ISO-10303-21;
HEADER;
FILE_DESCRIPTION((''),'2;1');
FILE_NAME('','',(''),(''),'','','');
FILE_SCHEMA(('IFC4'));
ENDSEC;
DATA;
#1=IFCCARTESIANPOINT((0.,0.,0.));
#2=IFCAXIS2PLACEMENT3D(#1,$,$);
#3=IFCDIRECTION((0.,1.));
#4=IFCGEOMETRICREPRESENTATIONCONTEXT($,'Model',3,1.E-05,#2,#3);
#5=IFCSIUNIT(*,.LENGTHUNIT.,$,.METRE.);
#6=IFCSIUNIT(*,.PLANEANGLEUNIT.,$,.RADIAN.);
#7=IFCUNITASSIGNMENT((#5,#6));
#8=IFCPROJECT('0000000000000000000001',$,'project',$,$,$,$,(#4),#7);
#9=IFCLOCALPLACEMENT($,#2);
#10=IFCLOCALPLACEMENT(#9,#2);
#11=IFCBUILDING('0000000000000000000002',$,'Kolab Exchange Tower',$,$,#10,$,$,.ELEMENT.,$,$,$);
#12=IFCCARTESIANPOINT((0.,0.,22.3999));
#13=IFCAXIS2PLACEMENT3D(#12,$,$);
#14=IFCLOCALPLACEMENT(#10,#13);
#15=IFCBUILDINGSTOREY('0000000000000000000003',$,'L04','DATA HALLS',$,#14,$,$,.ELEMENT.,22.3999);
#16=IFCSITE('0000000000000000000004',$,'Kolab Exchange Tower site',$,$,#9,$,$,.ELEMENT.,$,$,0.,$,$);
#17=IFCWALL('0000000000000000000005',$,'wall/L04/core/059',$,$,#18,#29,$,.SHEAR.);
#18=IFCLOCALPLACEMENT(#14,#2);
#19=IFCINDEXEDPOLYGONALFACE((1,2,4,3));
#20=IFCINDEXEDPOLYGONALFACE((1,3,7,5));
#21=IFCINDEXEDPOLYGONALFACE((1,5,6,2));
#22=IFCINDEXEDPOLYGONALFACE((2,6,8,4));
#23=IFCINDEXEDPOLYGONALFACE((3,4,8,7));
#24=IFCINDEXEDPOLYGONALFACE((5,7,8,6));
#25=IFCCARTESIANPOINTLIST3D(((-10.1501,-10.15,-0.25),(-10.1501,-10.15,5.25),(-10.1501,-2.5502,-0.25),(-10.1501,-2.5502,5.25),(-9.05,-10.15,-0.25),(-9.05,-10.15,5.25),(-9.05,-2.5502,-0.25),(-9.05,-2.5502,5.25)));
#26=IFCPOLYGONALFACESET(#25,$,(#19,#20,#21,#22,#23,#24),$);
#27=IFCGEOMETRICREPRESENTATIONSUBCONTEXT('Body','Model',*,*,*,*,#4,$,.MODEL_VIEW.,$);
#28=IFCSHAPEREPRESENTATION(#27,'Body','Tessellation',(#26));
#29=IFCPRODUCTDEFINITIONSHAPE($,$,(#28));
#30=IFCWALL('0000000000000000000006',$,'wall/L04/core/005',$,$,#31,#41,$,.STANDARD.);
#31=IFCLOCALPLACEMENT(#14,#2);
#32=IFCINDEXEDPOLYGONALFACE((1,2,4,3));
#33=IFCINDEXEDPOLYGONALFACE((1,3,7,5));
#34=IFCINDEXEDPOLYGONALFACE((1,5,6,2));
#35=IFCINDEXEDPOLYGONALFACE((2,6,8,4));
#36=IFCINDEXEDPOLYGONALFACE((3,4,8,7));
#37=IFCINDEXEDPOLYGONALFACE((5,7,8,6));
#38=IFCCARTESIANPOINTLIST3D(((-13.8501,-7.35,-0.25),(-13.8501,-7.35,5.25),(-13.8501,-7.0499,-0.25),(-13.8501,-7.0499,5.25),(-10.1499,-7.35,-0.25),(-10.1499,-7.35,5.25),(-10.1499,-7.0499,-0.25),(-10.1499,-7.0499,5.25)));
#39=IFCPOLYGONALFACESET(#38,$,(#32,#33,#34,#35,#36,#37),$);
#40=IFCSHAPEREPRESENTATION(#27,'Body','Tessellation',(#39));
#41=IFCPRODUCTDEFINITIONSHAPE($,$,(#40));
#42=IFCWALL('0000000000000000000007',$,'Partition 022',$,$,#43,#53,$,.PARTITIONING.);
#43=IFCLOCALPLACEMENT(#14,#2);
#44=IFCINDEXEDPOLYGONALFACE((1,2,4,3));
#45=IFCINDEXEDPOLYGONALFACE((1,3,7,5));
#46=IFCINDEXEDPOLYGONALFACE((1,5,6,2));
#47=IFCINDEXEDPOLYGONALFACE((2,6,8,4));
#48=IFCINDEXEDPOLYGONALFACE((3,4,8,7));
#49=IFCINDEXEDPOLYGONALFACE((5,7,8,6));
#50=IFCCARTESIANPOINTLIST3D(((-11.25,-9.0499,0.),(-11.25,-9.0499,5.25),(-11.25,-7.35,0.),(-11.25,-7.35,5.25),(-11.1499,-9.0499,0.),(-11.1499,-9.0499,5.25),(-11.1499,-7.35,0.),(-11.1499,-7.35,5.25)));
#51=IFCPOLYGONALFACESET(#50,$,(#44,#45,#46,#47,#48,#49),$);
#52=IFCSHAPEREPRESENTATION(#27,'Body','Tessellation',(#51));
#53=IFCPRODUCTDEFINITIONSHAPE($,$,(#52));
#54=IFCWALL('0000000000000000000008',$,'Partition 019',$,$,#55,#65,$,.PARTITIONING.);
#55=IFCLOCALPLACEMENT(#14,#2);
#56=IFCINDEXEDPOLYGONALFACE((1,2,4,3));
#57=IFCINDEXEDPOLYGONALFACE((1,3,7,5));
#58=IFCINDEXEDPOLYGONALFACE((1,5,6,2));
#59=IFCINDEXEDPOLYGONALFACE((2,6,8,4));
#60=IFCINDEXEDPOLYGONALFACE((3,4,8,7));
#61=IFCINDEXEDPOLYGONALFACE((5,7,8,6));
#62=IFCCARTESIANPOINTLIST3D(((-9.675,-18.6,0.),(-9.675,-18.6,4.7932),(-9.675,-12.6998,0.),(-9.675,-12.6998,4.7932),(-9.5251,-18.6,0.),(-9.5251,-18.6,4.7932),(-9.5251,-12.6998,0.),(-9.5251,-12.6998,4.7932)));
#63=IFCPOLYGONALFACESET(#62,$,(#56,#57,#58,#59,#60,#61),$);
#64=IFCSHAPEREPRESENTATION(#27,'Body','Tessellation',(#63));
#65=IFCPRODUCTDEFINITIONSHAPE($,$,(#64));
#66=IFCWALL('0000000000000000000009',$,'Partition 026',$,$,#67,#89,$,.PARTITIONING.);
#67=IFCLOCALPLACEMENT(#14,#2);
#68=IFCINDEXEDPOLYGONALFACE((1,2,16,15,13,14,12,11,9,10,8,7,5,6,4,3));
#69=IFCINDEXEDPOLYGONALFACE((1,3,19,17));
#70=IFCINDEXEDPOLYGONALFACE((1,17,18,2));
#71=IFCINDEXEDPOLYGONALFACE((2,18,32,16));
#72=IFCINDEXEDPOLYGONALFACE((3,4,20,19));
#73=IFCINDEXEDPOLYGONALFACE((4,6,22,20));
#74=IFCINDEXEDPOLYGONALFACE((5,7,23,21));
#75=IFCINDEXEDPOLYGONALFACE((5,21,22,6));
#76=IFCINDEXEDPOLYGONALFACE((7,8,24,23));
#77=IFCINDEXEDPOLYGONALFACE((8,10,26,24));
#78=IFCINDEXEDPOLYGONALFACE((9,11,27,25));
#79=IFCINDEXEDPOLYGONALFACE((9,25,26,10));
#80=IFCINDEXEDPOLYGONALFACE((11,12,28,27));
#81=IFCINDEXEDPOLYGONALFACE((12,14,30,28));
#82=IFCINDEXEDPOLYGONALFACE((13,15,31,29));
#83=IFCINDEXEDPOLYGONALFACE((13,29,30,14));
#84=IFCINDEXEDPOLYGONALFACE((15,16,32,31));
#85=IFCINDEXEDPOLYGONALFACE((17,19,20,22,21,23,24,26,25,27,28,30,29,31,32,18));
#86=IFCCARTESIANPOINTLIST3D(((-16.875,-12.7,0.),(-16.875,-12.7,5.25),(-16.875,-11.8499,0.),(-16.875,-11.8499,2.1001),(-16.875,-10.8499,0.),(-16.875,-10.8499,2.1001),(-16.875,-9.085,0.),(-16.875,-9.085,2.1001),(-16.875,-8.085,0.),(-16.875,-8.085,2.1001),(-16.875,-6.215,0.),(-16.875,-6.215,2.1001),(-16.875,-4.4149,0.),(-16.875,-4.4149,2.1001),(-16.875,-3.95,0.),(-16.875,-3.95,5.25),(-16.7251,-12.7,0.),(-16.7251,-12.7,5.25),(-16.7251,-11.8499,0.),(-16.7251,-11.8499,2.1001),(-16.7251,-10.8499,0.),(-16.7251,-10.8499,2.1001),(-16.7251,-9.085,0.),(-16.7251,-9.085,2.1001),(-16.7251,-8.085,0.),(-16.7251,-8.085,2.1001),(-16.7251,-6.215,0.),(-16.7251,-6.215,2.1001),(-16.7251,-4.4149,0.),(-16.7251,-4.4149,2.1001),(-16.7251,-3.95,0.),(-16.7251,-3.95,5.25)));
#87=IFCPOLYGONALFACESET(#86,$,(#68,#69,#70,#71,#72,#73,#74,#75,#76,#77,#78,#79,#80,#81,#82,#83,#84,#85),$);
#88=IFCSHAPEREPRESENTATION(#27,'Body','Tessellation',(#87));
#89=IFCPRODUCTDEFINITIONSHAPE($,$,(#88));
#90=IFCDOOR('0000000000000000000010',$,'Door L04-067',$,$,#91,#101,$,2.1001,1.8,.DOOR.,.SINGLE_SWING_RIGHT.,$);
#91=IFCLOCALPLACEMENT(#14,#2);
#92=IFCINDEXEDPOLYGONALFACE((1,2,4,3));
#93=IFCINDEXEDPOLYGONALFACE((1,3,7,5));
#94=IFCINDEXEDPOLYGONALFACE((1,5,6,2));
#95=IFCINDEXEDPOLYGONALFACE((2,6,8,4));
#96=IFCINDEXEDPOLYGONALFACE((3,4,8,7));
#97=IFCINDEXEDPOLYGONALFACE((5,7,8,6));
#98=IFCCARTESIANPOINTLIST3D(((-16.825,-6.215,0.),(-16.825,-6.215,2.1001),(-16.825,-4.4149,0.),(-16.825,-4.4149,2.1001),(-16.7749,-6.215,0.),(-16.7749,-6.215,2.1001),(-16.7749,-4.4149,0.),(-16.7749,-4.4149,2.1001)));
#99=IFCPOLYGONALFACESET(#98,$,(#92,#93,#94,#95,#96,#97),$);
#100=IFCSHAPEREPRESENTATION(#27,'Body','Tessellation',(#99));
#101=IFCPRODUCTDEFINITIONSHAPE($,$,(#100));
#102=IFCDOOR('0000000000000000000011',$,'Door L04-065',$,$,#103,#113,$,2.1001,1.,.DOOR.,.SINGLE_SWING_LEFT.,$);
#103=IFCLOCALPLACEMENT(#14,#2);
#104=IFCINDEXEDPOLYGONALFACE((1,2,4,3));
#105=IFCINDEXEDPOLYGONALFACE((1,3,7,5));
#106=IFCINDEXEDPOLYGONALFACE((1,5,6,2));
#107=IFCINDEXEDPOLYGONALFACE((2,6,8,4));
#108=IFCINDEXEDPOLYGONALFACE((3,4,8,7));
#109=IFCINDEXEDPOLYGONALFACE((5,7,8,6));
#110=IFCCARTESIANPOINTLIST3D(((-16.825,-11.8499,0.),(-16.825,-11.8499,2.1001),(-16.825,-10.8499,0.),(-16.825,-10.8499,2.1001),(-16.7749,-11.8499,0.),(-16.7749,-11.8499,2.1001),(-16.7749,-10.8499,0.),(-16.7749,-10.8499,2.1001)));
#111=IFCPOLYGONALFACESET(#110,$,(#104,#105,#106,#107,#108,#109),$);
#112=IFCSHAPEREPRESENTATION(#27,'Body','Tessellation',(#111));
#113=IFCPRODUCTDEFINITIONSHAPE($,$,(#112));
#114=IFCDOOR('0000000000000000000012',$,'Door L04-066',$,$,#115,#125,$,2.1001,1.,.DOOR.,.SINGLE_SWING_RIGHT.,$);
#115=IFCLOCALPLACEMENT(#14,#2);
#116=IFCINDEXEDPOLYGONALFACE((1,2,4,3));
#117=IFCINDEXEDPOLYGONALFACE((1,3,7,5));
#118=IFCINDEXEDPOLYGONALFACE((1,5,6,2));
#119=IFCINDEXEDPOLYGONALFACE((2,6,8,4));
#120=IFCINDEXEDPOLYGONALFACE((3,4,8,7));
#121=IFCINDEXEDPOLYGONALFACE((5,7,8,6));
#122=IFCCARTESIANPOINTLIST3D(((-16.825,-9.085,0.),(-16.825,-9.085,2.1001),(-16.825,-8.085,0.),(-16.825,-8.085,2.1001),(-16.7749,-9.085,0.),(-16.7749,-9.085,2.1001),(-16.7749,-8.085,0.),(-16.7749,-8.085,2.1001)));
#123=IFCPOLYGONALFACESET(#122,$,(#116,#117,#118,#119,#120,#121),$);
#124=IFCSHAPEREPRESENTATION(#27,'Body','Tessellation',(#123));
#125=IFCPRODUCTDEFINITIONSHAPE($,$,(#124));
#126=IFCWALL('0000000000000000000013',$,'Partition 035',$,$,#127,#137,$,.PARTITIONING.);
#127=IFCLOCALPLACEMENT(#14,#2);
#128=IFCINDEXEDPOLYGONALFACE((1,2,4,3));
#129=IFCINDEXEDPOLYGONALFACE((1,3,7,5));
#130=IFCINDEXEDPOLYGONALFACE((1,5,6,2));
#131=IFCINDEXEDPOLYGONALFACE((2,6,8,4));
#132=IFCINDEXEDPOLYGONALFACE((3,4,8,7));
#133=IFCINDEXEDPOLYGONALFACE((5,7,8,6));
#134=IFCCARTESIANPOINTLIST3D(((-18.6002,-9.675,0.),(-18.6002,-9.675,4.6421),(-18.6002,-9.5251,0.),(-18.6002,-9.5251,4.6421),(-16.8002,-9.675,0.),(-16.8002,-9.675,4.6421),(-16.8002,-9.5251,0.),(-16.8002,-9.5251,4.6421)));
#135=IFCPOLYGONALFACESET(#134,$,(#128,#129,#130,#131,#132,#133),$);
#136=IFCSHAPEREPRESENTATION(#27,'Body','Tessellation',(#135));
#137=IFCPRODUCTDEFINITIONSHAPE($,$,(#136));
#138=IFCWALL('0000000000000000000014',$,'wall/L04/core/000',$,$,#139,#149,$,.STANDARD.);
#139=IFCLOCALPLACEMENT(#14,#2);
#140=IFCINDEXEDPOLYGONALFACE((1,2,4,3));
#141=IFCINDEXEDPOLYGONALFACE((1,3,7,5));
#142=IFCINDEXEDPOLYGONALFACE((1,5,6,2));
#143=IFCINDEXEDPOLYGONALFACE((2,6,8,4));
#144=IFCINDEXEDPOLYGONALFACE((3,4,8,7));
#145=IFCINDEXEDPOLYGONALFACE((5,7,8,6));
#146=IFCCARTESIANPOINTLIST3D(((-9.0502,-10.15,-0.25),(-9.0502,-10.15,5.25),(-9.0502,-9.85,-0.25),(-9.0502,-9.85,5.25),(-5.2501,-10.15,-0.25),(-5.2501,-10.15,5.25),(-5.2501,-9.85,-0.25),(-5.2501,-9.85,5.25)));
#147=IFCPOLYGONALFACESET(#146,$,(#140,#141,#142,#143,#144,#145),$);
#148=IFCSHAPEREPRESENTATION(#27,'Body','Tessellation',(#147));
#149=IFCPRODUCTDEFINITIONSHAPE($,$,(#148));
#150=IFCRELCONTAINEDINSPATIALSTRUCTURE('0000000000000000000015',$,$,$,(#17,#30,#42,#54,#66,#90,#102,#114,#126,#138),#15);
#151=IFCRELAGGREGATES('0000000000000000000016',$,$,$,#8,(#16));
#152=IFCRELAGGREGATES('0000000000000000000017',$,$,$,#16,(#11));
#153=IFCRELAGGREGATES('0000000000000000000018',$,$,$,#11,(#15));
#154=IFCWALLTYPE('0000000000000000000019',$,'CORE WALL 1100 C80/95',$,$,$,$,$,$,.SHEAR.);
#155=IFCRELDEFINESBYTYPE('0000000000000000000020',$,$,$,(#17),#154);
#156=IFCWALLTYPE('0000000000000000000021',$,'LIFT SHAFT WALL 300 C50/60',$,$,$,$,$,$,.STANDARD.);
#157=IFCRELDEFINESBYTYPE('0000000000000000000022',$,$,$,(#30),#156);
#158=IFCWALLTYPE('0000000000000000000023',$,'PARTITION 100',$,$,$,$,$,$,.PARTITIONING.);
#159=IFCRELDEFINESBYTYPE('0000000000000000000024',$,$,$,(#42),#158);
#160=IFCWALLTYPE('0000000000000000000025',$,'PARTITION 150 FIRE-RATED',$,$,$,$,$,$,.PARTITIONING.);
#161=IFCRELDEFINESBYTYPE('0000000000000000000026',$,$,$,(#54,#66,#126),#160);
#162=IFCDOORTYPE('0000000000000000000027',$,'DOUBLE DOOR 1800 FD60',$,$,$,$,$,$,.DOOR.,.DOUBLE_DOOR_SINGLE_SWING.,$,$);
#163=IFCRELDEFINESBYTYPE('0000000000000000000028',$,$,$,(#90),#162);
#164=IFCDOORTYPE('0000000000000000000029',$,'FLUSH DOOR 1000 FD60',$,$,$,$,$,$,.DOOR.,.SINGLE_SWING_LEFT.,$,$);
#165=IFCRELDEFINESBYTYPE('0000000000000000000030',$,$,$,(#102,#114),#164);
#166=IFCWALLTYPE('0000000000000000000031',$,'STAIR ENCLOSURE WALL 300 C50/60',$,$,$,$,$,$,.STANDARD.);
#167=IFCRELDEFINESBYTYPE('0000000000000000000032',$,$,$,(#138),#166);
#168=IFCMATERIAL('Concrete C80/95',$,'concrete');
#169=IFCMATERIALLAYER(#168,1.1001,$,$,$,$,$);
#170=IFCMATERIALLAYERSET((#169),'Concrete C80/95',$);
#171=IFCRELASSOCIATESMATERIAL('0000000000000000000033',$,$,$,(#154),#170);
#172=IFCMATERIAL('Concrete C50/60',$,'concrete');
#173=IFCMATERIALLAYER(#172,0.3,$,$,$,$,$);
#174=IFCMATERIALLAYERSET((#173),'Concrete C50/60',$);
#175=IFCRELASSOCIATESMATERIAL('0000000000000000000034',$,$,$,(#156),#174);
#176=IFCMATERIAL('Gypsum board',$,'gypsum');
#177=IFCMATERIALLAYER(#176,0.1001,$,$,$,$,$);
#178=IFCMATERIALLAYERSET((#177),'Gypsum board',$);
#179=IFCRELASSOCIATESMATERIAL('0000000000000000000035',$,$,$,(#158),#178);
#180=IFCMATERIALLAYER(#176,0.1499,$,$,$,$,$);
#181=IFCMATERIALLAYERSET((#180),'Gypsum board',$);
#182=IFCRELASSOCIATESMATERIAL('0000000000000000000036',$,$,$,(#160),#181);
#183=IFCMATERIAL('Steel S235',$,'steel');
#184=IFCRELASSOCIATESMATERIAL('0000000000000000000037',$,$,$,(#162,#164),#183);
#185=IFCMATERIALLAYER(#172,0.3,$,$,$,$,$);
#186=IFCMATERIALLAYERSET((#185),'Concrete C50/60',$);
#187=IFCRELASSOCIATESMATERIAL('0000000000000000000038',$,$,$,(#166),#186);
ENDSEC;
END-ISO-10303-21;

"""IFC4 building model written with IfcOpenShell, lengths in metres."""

from ifc_helpers import new_model, si_unit, direction, frame, frame_2d, origin, place, context, subcontext, project, spatial, rectangle, extrude, material, layer, layer_set, type_object, element, fill, save


model = new_model("IFC4")

# Units and contexts
model_context = context("Model", 3, precision=1e-05, world=origin(), true_north=direction((0.0, 1.0)))
body_context = subcontext(model_context, "Body", "Model", "MODEL_VIEW")
ifc_project = project(units=[si_unit("LENGTHUNIT", "METRE"), si_unit("PLANEANGLEUNIT", "RADIAN")], contexts=[model_context])

# Site, building, storey
site_placement = place(None, origin())
site = spatial("IfcSite", under=ifc_project, at=site_placement, Name="Kolab Exchange Tower site", CompositionType="ELEMENT", RefElevation=0.0)
building_placement = place(site_placement, origin())
building = spatial("IfcBuilding", under=site, at=building_placement, Name="Kolab Exchange Tower", CompositionType="ELEMENT")
storey_placement = place(building_placement, frame((0.0, 0.0, 22.3999)))
storey = spatial("IfcBuildingStorey", under=building, at=storey_placement, Name="L04", Description="DATA HALLS", CompositionType="ELEMENT", Elevation=22.3999)

# Shared definitions
ifc_material_1 = material(Name="Concrete C80/95", Category="concrete")
ifc_layer_1 = layer(ifc_material_1, 1.1001)
ifc_layer_set_1 = layer_set([ifc_layer_1], Name="Concrete C80/95")
wall_type_1 = type_object("IfcWallType", Name="CORE WALL 1100 C80/95", PredefinedType="SHEAR", material=ifc_layer_set_1)
ifc_material_2 = material(Name="Steel S235", Category="steel")

# Walls
wall_1_placement = place(storey_placement, frame((-9.6001, -10.1499, -0.25), z_axis=(0.0, 0.0, 1.0), x_axis=(0.0, 1.0, 0.0)))
element("IfcWall", 1, at=wall_1_placement, inside=storey, type_object=wall_type_1, Name="wall/L04/core/059", PredefinedType="SHEAR", context=body_context, shape_type="SweptSolid", body=[
    extrude(rectangle(XDim=7.5999, YDim=1.1001, at=frame_2d((3.7998, 0.0))), origin(), (0.0, 0.0, 1.0), 5.5),
])
ifc_material_3 = material(Name="Concrete C50/60", Category="concrete")
ifc_layer_2 = layer(ifc_material_3, 0.3)
ifc_layer_set_2 = layer_set([ifc_layer_2], Name="Concrete C50/60")
wall_type_2 = type_object("IfcWallType", Name="LIFT SHAFT WALL 300 C50/60", PredefinedType="STANDARD", material=ifc_layer_set_2)
wall_2_placement = place(storey_placement, frame((-13.8501, -7.2, -0.25), z_axis=(0.0, 0.0, 1.0), x_axis=(1.0, 0.0, 0.0)))
element("IfcWall", 2, at=wall_2_placement, inside=storey, type_object=wall_type_2, Name="wall/L04/core/005", PredefinedType="STANDARD", context=body_context, shape_type="SweptSolid", body=[
    extrude(rectangle(XDim=3.7002, YDim=0.3, at=frame_2d((1.8501, 0.0))), origin(), (0.0, 0.0, 1.0), 5.5),
])
ifc_material_4 = material(Name="Gypsum board", Category="gypsum")
ifc_layer_3 = layer(ifc_material_4, 0.1001)
ifc_layer_set_3 = layer_set([ifc_layer_3], Name="Gypsum board")
wall_type_3 = type_object("IfcWallType", Name="PARTITION 100", PredefinedType="PARTITIONING", material=ifc_layer_set_3)
wall_3_placement = place(storey_placement, frame((-11.2, -9.05, 0.0), z_axis=(0.0, 0.0, 1.0), x_axis=(0.0, 1.0, 0.0)))
element("IfcWall", 3, at=wall_3_placement, inside=storey, type_object=wall_type_3, Name="Partition 022", PredefinedType="PARTITIONING", context=body_context, shape_type="SweptSolid", body=[
    extrude(rectangle(XDim=1.7, YDim=0.1001, at=frame_2d((0.8501, 0.0))), origin(), (0.0, 0.0, 1.0), 5.25),
])
ifc_layer_4 = layer(ifc_material_4, 0.1499)
ifc_layer_set_4 = layer_set([ifc_layer_4], Name="Gypsum board")
wall_type_4 = type_object("IfcWallType", Name="PARTITION 150 FIRE-RATED", PredefinedType="PARTITIONING", material=ifc_layer_set_4)
wall_4_placement = place(storey_placement, frame((-9.6001, -18.6001, 0.0), z_axis=(0.0, 0.0, 1.0), x_axis=(0.0, 1.0, 0.0)))
element("IfcWall", 4, at=wall_4_placement, inside=storey, type_object=wall_type_4, Name="Partition 019", PredefinedType="PARTITIONING", context=body_context, shape_type="SweptSolid", body=[
    extrude(rectangle(XDim=5.9001, YDim=0.1499, at=frame_2d((2.9502, 0.0))), origin(), (0.0, 0.0, 1.0), 4.7932),
])

# Wall, openings, doors
wall_5_placement = place(storey_placement, frame((-16.8, -12.7, 0.0), z_axis=(0.0, 0.0, 1.0), x_axis=(0.0, 1.0, 0.0)))
wall_5 = element("IfcWall", 5, at=wall_5_placement, inside=storey, type_object=wall_type_4, Name="Partition 026", PredefinedType="PARTITIONING", context=body_context, shape_type="SweptSolid", body=[
    extrude(rectangle(XDim=8.75, YDim=0.1499, at=frame_2d((4.375, 0.0))), origin(), (0.0, 0.0, 1.0), 5.25),
])
opening_1_placement = place(wall_5_placement, frame((0.8501, 0.0, 0.0)))
opening_1 = element("IfcOpeningElement", 6, at=opening_1_placement, cuts=wall_5, PredefinedType="OPENING", context=body_context, shape_type="SweptSolid", body=[
    extrude(rectangle(XDim=1.0, YDim=2.1001, at=frame_2d((0.5, 1.05))), frame((0.0, 0.085, 0.0), z_axis=(0.0, -1.0, 0.0), x_axis=(1.0, 0.0, 0.0)), (0.0, 0.0, 1.0), 0.1699),
])
opening_2_placement = place(wall_5_placement, frame((3.615, 0.0, 0.0)))
opening_2 = element("IfcOpeningElement", 7, at=opening_2_placement, cuts=wall_5, PredefinedType="OPENING", context=body_context, shape_type="SweptSolid", body=[
    extrude(rectangle(XDim=1.0, YDim=2.1001, at=frame_2d((0.5, 1.05))), frame((0.0, 0.085, 0.0), z_axis=(0.0, -1.0, 0.0), x_axis=(1.0, 0.0, 0.0)), (0.0, 0.0, 1.0), 0.1699),
])
opening_3_placement = place(wall_5_placement, frame((6.4851, 0.0, 0.0)))
opening_3 = element("IfcOpeningElement", 8, at=opening_3_placement, cuts=wall_5, PredefinedType="OPENING", context=body_context, shape_type="SweptSolid", body=[
    extrude(rectangle(XDim=1.8, YDim=2.1001, at=frame_2d((0.8999, 1.05))), frame((0.0, 0.085, 0.0), z_axis=(0.0, -1.0, 0.0), x_axis=(1.0, 0.0, 0.0)), (0.0, 0.0, 1.0), 0.1699),
])
door_type_1 = type_object("IfcDoorType", Name="DOUBLE DOOR 1800 FD60", OperationType="DOUBLE_DOOR_SINGLE_SWING", PredefinedType="DOOR", material=ifc_material_2)
door_1_placement = place(opening_3_placement, origin())
door_1 = element("IfcDoor", 9, at=door_1_placement, inside=storey, type_object=door_type_1, Name="Door L04-067", OperationType="SINGLE_SWING_RIGHT", OverallHeight=2.1001, OverallWidth=1.8, PredefinedType="DOOR", context=body_context, shape_type="SweptSolid", body=[
    extrude(rectangle(XDim=1.8, YDim=2.1001, at=frame_2d((0.8999, 1.05))), frame((0.0, 0.0249, 0.0), z_axis=(0.0, -1.0, 0.0), x_axis=(1.0, 0.0, 0.0)), (0.0, 0.0, 1.0), 0.05),
])
fill(opening_3, door_1)
door_type_2 = type_object("IfcDoorType", Name="FLUSH DOOR 1000 FD60", OperationType="SINGLE_SWING_LEFT", PredefinedType="DOOR", material=ifc_material_2)
door_2_placement = place(opening_1_placement, origin())
door_2 = element("IfcDoor", 10, at=door_2_placement, inside=storey, type_object=door_type_2, Name="Door L04-065", OperationType="SINGLE_SWING_LEFT", OverallHeight=2.1001, OverallWidth=1.0, PredefinedType="DOOR", context=body_context, shape_type="SweptSolid", body=[
    extrude(rectangle(XDim=1.0, YDim=2.1001, at=frame_2d((0.5, 1.05))), frame((0.0, 0.0249, 0.0), z_axis=(0.0, -1.0, 0.0), x_axis=(1.0, 0.0, 0.0)), (0.0, 0.0, 1.0), 0.05),
])
fill(opening_1, door_2)
door_3_placement = place(opening_2_placement, origin())
door_3 = element("IfcDoor", 11, at=door_3_placement, inside=storey, type_object=door_type_2, Name="Door L04-066", OperationType="SINGLE_SWING_RIGHT", OverallHeight=2.1001, OverallWidth=1.0, PredefinedType="DOOR", context=body_context, shape_type="SweptSolid", body=[
    extrude(rectangle(XDim=1.0, YDim=2.1001, at=frame_2d((0.5, 1.05))), frame((0.0, 0.0249, 0.0), z_axis=(0.0, -1.0, 0.0), x_axis=(1.0, 0.0, 0.0)), (0.0, 0.0, 1.0), 0.05),
])
fill(opening_2, door_3)

# Walls
wall_6_placement = place(storey_placement, frame((-18.6001, -9.6001, 0.0), z_axis=(0.0, 0.0, 1.0), x_axis=(1.0, 0.0, 0.0)))
element("IfcWall", 12, at=wall_6_placement, inside=storey, type_object=wall_type_4, Name="Partition 035", PredefinedType="PARTITIONING", context=body_context, shape_type="SweptSolid", body=[
    extrude(rectangle(XDim=1.8, YDim=0.1499, at=frame_2d((0.8999, 0.0))), origin(), (0.0, 0.0, 1.0), 4.6421),
])
ifc_layer_5 = layer(ifc_material_3, 0.3)
ifc_layer_set_5 = layer_set([ifc_layer_5], Name="Concrete C50/60")
wall_type_5 = type_object("IfcWallType", Name="STAIR ENCLOSURE WALL 300 C50/60", PredefinedType="STANDARD", material=ifc_layer_set_5)
wall_7_placement = place(storey_placement, frame((-9.05, -10.0, -0.25), z_axis=(0.0, 0.0, 1.0), x_axis=(1.0, 0.0, 0.0)))
element("IfcWall", 13, at=wall_7_placement, inside=storey, type_object=wall_type_5, Name="wall/L04/core/000", PredefinedType="STANDARD", context=body_context, shape_type="SweptSolid", body=[
    extrude(rectangle(XDim=3.8, YDim=0.3, at=frame_2d((1.8999, 0.0))), origin(), (0.0, 0.0, 1.0), 5.5),
])

save(model, "model.ifc")
